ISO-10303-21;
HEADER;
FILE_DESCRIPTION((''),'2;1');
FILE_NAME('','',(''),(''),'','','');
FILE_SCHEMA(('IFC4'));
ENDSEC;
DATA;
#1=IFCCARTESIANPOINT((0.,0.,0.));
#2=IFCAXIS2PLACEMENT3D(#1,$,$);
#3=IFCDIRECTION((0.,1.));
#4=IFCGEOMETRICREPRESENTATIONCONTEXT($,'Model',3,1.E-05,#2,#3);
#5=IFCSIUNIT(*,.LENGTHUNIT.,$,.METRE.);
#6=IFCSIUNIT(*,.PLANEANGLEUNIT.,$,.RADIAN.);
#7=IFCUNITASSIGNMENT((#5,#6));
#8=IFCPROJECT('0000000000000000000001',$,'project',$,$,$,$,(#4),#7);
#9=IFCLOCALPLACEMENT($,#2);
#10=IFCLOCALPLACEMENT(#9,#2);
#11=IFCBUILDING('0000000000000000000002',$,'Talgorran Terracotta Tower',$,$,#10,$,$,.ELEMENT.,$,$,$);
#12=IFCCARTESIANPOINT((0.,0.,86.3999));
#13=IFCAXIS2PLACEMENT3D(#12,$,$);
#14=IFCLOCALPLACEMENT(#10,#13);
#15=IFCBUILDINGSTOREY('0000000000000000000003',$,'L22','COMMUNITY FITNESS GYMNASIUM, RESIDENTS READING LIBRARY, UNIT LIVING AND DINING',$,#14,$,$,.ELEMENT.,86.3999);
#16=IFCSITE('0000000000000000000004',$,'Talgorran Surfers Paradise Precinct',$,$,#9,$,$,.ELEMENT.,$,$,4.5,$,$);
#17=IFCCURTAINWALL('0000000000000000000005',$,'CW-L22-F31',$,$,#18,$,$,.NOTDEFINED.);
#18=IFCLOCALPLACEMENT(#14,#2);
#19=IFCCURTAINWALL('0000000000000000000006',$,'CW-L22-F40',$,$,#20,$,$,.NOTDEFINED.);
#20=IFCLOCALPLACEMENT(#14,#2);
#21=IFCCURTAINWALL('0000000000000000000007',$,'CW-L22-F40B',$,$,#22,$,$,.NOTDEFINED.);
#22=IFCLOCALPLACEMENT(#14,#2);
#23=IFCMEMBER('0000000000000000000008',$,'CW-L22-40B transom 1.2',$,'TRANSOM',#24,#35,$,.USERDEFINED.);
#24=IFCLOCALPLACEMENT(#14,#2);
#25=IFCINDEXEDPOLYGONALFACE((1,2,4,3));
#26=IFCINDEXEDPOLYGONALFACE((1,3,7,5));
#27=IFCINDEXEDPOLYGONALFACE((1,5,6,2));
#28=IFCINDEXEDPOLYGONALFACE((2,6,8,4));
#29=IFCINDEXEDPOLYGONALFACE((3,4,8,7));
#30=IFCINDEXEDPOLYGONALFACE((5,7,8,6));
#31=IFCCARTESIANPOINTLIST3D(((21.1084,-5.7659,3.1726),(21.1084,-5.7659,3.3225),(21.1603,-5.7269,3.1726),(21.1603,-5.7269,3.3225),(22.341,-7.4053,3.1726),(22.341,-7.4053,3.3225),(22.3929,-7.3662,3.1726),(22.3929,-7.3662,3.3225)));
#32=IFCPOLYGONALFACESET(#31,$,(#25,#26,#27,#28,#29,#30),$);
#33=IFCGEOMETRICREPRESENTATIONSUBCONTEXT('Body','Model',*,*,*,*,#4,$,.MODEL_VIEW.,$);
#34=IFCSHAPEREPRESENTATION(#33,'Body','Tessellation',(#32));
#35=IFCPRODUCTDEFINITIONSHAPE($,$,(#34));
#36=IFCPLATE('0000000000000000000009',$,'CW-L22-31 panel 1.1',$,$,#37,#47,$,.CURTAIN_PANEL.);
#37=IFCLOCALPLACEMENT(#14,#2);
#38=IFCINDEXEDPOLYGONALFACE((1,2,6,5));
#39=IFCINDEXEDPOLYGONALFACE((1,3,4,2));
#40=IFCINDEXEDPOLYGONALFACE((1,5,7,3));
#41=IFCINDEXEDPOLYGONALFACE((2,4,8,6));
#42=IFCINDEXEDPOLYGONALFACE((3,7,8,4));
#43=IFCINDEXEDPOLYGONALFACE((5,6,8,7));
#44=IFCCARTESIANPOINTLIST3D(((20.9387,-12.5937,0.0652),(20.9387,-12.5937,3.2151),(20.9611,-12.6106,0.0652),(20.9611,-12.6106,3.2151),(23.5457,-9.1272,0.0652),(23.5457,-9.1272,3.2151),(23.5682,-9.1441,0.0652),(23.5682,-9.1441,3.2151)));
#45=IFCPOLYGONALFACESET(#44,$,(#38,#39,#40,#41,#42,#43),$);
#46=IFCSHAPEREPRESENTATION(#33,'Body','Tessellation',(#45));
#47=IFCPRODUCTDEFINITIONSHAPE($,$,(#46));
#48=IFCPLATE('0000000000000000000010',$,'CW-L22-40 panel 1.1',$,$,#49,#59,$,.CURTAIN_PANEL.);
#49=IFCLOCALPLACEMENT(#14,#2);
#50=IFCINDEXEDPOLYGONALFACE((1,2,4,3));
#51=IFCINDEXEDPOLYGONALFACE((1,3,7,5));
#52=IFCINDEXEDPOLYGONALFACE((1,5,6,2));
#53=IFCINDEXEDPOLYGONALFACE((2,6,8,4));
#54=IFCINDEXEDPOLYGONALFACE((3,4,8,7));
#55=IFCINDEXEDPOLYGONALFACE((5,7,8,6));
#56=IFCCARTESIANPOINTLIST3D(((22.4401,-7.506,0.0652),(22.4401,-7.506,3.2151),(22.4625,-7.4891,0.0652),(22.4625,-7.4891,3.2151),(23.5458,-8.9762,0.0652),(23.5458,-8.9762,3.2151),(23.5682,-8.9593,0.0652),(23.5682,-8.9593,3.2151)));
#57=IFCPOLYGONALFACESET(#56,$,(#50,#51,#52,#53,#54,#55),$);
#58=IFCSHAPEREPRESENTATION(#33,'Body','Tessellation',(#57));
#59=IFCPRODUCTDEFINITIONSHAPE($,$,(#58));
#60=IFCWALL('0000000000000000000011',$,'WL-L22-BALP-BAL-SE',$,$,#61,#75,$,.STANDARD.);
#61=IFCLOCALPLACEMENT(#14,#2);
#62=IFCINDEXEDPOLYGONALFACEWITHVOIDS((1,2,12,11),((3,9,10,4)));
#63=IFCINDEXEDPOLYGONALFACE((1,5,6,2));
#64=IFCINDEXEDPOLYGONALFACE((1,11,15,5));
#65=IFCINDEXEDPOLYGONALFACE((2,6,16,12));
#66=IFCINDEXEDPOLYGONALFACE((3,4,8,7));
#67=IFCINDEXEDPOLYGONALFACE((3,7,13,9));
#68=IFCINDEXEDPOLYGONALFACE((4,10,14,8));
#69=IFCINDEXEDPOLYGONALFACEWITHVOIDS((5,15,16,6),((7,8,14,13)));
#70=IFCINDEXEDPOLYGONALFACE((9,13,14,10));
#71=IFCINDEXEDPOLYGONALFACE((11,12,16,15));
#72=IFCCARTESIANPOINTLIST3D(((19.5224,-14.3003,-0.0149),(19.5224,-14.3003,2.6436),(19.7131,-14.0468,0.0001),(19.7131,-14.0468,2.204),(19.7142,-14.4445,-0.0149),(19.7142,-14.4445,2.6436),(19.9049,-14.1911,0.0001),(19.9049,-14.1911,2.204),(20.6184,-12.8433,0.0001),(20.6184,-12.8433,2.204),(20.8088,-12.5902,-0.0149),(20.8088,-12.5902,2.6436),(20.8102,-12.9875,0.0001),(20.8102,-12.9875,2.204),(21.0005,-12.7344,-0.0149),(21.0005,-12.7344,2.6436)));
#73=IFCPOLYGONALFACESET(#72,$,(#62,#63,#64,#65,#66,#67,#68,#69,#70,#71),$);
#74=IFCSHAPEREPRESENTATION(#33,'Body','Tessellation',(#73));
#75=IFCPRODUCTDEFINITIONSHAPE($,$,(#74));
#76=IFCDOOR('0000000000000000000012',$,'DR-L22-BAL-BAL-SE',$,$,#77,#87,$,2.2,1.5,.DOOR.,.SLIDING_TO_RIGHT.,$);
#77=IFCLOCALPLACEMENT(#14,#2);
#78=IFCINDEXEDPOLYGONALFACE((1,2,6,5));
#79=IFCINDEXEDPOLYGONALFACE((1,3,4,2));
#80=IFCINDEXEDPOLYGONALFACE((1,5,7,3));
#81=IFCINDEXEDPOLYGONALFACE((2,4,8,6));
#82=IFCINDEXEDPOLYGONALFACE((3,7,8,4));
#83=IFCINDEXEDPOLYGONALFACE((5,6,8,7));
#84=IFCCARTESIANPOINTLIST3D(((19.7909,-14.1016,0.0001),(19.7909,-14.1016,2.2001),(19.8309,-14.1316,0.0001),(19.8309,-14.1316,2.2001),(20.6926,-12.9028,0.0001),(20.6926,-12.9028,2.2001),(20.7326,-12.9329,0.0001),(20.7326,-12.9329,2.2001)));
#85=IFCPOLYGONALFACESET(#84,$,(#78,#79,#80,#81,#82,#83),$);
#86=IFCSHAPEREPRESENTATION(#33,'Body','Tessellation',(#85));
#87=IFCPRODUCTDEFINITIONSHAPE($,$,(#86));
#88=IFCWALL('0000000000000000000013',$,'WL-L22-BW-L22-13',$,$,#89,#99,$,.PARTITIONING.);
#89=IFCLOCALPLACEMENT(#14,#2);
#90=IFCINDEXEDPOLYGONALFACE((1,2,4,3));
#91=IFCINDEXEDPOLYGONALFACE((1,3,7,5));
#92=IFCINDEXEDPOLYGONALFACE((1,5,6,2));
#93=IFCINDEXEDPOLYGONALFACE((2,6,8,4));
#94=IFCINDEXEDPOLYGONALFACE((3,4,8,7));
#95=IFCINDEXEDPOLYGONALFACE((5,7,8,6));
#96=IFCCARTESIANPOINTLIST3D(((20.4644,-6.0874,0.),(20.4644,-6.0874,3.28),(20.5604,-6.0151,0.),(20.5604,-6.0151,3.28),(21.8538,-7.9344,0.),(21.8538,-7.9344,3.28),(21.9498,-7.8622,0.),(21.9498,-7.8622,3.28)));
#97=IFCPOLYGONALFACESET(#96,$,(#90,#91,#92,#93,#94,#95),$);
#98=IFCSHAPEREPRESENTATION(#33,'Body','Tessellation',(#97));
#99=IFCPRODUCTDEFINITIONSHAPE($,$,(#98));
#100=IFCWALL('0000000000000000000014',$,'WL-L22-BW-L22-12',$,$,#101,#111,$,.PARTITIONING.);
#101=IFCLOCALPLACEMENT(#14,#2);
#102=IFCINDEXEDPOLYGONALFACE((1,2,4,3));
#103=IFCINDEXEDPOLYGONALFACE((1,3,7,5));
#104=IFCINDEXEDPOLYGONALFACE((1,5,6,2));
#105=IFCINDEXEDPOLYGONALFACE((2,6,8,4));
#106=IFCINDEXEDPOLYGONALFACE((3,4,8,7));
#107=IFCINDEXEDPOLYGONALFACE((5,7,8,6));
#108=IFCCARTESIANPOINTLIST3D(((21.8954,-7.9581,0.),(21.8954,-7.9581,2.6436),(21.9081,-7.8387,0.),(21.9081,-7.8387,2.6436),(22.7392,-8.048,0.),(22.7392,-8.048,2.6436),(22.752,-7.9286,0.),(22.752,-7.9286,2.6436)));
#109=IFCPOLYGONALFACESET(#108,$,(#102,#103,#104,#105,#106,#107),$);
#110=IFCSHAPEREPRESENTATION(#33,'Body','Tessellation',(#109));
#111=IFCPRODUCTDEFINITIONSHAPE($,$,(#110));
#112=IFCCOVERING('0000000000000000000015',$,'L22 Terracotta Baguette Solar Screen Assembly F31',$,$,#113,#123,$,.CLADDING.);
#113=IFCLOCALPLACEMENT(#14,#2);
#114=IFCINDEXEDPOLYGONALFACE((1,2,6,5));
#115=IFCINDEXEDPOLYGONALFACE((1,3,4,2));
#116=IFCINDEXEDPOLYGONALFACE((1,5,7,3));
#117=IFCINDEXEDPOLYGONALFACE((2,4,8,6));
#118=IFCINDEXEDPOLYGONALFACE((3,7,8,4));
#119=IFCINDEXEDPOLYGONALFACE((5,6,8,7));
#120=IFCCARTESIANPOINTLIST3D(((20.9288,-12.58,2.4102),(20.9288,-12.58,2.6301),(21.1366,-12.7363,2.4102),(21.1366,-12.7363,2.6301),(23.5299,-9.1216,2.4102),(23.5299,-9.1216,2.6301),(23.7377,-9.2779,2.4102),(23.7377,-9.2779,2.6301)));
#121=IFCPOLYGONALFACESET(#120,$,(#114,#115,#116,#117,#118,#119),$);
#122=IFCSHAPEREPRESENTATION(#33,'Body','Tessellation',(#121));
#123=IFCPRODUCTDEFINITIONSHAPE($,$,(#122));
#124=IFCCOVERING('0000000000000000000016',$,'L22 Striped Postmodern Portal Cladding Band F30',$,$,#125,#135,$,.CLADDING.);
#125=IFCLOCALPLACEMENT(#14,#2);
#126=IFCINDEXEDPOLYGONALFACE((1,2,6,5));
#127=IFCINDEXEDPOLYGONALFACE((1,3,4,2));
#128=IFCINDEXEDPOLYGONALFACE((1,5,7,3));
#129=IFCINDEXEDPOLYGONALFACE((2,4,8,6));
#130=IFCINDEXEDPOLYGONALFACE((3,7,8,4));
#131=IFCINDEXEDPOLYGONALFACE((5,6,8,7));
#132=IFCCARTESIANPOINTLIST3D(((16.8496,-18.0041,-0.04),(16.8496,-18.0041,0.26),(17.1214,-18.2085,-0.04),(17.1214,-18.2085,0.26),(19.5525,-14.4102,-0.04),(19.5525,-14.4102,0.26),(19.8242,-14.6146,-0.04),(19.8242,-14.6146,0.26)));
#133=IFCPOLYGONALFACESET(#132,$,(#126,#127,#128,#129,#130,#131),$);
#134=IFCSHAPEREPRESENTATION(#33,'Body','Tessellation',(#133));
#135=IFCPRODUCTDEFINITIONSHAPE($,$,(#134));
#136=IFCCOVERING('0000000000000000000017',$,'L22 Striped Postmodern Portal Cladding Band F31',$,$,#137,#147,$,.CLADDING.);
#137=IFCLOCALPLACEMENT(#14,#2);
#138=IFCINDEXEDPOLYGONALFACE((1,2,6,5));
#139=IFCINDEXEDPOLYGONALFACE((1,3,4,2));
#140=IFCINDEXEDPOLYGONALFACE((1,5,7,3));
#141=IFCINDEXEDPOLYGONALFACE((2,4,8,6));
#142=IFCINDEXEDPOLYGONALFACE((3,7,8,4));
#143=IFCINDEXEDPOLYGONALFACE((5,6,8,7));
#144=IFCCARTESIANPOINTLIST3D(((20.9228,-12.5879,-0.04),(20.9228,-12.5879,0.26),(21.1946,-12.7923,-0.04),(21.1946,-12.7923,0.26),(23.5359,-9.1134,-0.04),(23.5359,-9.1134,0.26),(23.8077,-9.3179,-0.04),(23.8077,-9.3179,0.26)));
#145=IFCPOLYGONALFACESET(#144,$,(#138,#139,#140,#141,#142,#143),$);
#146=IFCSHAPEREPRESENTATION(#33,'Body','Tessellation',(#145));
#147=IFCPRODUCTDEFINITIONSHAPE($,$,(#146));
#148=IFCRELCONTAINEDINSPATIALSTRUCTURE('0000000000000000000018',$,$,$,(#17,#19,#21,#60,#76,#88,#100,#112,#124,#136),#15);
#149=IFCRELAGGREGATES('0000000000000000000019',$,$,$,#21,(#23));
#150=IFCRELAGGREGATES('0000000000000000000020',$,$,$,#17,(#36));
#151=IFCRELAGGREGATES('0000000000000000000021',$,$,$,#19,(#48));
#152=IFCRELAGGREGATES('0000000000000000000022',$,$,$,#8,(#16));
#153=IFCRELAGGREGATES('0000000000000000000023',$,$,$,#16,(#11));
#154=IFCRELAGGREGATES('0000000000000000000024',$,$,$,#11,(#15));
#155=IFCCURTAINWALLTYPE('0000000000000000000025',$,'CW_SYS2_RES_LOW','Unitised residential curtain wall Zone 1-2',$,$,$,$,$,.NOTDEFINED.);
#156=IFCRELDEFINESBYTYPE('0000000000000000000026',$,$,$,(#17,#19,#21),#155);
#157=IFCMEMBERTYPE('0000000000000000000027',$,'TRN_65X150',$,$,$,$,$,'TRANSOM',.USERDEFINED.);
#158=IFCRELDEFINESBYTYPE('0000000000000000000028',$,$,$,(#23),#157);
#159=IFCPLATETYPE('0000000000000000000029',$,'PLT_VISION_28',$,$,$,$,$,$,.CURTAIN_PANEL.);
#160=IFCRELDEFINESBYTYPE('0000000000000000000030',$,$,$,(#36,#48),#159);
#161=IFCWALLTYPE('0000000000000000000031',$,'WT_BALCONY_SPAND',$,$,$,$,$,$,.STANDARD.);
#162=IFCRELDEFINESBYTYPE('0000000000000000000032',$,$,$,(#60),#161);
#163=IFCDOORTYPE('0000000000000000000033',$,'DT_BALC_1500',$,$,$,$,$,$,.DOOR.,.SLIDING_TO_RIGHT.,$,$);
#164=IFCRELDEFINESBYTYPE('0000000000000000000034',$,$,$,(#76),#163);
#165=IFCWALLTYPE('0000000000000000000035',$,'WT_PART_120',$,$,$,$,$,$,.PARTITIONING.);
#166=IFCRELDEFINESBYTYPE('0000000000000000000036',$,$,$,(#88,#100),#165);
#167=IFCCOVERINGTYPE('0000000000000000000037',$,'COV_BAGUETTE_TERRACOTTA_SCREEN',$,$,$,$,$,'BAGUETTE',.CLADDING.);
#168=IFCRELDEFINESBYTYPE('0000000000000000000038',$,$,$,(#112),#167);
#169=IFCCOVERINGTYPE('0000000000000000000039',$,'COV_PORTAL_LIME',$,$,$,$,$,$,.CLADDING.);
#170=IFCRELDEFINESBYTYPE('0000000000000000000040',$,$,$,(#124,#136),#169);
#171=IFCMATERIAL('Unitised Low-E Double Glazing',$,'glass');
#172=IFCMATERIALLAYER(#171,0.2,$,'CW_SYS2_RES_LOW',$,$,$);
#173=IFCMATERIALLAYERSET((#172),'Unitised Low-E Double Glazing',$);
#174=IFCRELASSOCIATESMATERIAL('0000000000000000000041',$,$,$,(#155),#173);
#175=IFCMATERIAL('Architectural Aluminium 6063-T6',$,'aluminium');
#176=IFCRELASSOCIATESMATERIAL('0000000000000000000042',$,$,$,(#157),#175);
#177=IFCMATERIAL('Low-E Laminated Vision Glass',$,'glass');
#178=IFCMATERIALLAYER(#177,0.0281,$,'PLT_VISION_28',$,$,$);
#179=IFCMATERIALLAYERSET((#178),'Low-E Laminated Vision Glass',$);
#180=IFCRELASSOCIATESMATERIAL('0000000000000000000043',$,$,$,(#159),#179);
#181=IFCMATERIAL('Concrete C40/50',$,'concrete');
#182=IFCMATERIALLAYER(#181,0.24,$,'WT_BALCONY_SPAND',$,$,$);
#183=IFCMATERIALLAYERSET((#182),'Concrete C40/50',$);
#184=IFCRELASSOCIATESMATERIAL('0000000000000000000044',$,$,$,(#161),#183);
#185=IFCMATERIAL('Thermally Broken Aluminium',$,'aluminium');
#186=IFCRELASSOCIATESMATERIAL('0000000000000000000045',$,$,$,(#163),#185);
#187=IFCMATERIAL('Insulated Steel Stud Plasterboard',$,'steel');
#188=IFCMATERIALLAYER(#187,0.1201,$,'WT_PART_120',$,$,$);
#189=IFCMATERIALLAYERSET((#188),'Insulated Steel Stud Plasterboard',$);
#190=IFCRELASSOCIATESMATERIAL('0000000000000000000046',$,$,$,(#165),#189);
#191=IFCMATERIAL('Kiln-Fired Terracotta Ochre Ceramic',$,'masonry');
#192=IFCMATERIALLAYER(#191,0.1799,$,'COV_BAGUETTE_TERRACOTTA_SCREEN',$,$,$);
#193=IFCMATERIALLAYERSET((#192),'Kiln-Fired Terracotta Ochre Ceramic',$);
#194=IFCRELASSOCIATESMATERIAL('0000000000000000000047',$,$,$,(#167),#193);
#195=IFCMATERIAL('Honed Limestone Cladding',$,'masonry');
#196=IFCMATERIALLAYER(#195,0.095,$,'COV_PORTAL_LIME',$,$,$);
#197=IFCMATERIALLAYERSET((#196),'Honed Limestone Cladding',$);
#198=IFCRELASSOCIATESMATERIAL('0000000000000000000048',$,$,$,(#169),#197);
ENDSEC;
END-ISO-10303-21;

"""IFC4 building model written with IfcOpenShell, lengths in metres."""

from ifc_helpers import new_model, si_unit, direction, frame, frame_2d, origin, origin_2d, place, context, subcontext, project, spatial, rectangle, extrude, source, transform, mapped, material, layer, layer_set, material_profile, profile_set, type_object, type_shapes, element, fill, aggregate, save


model = new_model("IFC4")

# Units and contexts
model_context = context("Model", 3, precision=1e-05, world=origin(), true_north=direction((0.0, 1.0)))
body_context = subcontext(model_context, "Body", "Model", "MODEL_VIEW")
ifc_project = project(units=[si_unit("LENGTHUNIT", "METRE"), si_unit("PLANEANGLEUNIT", "RADIAN")], contexts=[model_context])

# Site, building, storey
site_placement = place(None, origin())
site = spatial("IfcSite", under=ifc_project, at=site_placement, Name="Talgorran Surfers Paradise Precinct", CompositionType="ELEMENT", RefElevation=4.5)
building_placement = place(site_placement, origin())
building = spatial("IfcBuilding", under=site, at=building_placement, Name="Talgorran Terracotta Tower", CompositionType="ELEMENT")
storey_placement = place(building_placement, frame((0.0, 0.0, 86.3999)))
storey = spatial("IfcBuildingStorey", under=building, at=storey_placement, Name="L22", Description="COMMUNITY FITNESS GYMNASIUM, RESIDENTS READING LIBRARY, UNIT LIVING AND DINING", CompositionType="ELEMENT", Elevation=86.3999)

# Shared definitions
ifc_material_1 = material(Name="Unitised Low-E Double Glazing", Category="glass")
ifc_layer_1 = layer(ifc_material_1, 0.2, Name="CW_SYS2_RES_LOW")
ifc_layer_set_1 = layer_set([ifc_layer_1], Name="Unitised Low-E Double Glazing")
curtain_wall_type = type_object("IfcCurtainWallType", Name="CW_SYS2_RES_LOW", Description="Unitised residential curtain wall Zone 1-2", PredefinedType="NOTDEFINED", material=ifc_layer_set_1)
ifc_material_2 = material(Name="Architectural Aluminium 6063-T6", Category="aluminium")

# Curtain walls
curtain_wall_1_placement = place(storey_placement, origin())
curtain_wall_1 = element("IfcCurtainWall", 1, at=curtain_wall_1_placement, inside=storey, type_object=curtain_wall_type, Name="CW-L22-F31", PredefinedType="NOTDEFINED")
curtain_wall_2_placement = place(storey_placement, origin())
curtain_wall_2 = element("IfcCurtainWall", 2, at=curtain_wall_2_placement, inside=storey, type_object=curtain_wall_type, Name="CW-L22-F40", PredefinedType="NOTDEFINED")

# Curtain wall
curtain_wall_3_placement = place(storey_placement, origin())
curtain_wall_3 = element("IfcCurtainWall", 3, at=curtain_wall_3_placement, inside=storey, type_object=curtain_wall_type, Name="CW-L22-F40B", PredefinedType="NOTDEFINED")

# Member
ifc_material_profile_1 = material_profile(ifc_material_2, rectangle(XDim=0.0649, YDim=0.1499, at=origin_2d()), Name="CWT65X150")
ifc_profile_set_1 = profile_set([ifc_material_profile_1], Name="Architectural Aluminium 6063-T6")
member_type_1 = type_object("IfcMemberType", Name="TRN_65X150", ElementType="TRANSOM", PredefinedType="USERDEFINED", material=ifc_profile_set_1)
member_1_placement = place(storey_placement, frame((22.3669, -7.3857, 3.2476), z_axis=(-0.600971, 0.799271, 0.0), x_axis=(-0.799271, -0.600971, 0.0)))
member_1 = element("IfcMember", 4, at=member_1_placement, type_object=member_type_1, Name="CW-L22-40B transom 1.2", ObjectType="TRANSOM", PredefinedType="USERDEFINED", context=body_context, shape_type="SweptSolid", body=[
    extrude(rectangle(XDim=0.0649, YDim=0.1499, at=origin_2d()), origin(), (0.0, 0.0, 1.0), 2.051),
])
aggregate(curtain_wall_3, [member_1])

# Plates
ifc_material_3 = material(Name="Low-E Laminated Vision Glass", Category="glass")
ifc_layer_2 = layer(ifc_material_3, 0.0281, Name="PLT_VISION_28")
ifc_layer_set_2 = layer_set([ifc_layer_2], Name="Low-E Laminated Vision Glass")
plate_type = type_object("IfcPlateType", Name="PLT_VISION_28", PredefinedType="CURTAIN_PANEL", material=ifc_layer_set_2)
shared_shape_1 = source(origin(), body_context, "Body", "SweptSolid", [
    extrude(rectangle(XDim=4.3374, YDim=0.0281, at=origin_2d()), origin(), (0.0, 0.0, 1.0), 3.1499),
])
plate_1_placement = place(storey_placement, frame((22.2534, -10.8689, 0.0652), z_axis=(0.0, 0.0, 1.0), x_axis=(0.60106, 0.799204, 0.0)))
plate_1 = element("IfcPlate", 5, at=plate_1_placement, type_object=plate_type, Name="CW-L22-31 panel 1.1", PredefinedType="CURTAIN_PANEL", context=body_context, shape_type="MappedRepresentation", body=[
    mapped(shared_shape_1, transform((0.0, 0.0, 0.0), scale=1.0)),
])
aggregate(curtain_wall_1, [plate_1])
shared_shape_2 = source(origin(), body_context, "Body", "SweptSolid", [
    extrude(rectangle(XDim=1.8396, YDim=0.0281, at=origin_2d()), origin(), (0.0, 0.0, 1.0), 3.1499),
])
type_shapes(plate_type, [shared_shape_1, shared_shape_2])
plate_2_placement = place(storey_placement, frame((23.0042, -8.2327, 0.0652), z_axis=(0.0, 0.0, 1.0), x_axis=(-0.60108, 0.799189, 0.0)))
plate_2 = element("IfcPlate", 6, at=plate_2_placement, type_object=plate_type, Name="CW-L22-40 panel 1.1", PredefinedType="CURTAIN_PANEL", context=body_context, shape_type="MappedRepresentation", body=[
    mapped(shared_shape_2, transform((0.0, 0.0, 0.0), scale=1.0)),
])
aggregate(curtain_wall_2, [plate_2])

# Wall, opening, door
ifc_material_4 = material(Name="Concrete C40/50", Category="concrete")
ifc_layer_3 = layer(ifc_material_4, 0.24, Name="WT_BALCONY_SPAND")
ifc_layer_set_3 = layer_set([ifc_layer_3], Name="Concrete C40/50")
wall_type_1 = type_object("IfcWallType", Name="WT_BALCONY_SPAND", PredefinedType="STANDARD", material=ifc_layer_set_3)
wall_1_placement = place(storey_placement, frame((19.6184, -14.3723, -0.0149), z_axis=(0.0, 0.0, 1.0), x_axis=(0.601113, 0.799164, 0.0)))
wall_1 = element("IfcWall", 7, at=wall_1_placement, inside=storey, type_object=wall_type_1, Name="WL-L22-BALP-BAL-SE", PredefinedType="STANDARD", context=body_context, shape_type="SweptSolid", body=[
    extrude(rectangle(XDim=2.1399, YDim=0.24, at=frame_2d((1.0698, 0.0))), origin(), (0.0, 0.0, 1.0), 2.6584),
])
opening_placement = place(wall_1_placement, frame((0.3201, 0.0, 0.0149)))
opening = element("IfcOpeningElement", 8, at=opening_placement, cuts=wall_1, PredefinedType="OPENING", context=body_context, shape_type="SweptSolid", body=[
    extrude(rectangle(XDim=1.506, YDim=2.204, at=frame_2d((0.75, 1.1021))), frame((0.0, 0.1299, 0.0), z_axis=(0.0, -1.0, 0.0), x_axis=(1.0, 0.0, 0.0)), (0.0, 0.0, 1.0), 0.26),
])
ifc_material_5 = material(Name="Thermally Broken Aluminium", Category="aluminium")
door_type = type_object("IfcDoorType", Name="DT_BALC_1500", OperationType="SLIDING_TO_RIGHT", PredefinedType="DOOR", material=ifc_material_5)
door_placement = place(opening_placement, origin())
door = element("IfcDoor", 9, at=door_placement, inside=storey, type_object=door_type, Name="DR-L22-BAL-BAL-SE", OperationType="SLIDING_TO_RIGHT", OverallHeight=2.2, OverallWidth=1.5, PredefinedType="DOOR", context=body_context, shape_type="SweptSolid", body=[
    extrude(rectangle(XDim=1.5, YDim=2.2, at=frame_2d((0.75, 1.1001))), frame((0.0, 0.0249, 0.0), z_axis=(0.0, -1.0, 0.0), x_axis=(1.0, 0.0, 0.0)), (0.0, 0.0, 1.0), 0.05),
])
fill(opening, door)

# Walls
ifc_material_6 = material(Name="Insulated Steel Stud Plasterboard", Category="steel")
ifc_layer_4 = layer(ifc_material_6, 0.1201, Name="WT_PART_120")
ifc_layer_set_4 = layer_set([ifc_layer_4], Name="Insulated Steel Stud Plasterboard")
wall_type_2 = type_object("IfcWallType", Name="WT_PART_120", PredefinedType="PARTITIONING", material=ifc_layer_set_4)
wall_2_placement = place(storey_placement, frame((21.9019, -7.8984, 0.0), z_axis=(0.0, 0.0, 1.0), x_axis=(-0.601115, 0.799163, 0.0)))
element("IfcWall", 10, at=wall_2_placement, inside=storey, type_object=wall_type_2, Name="WL-L22-BW-L22-13", PredefinedType="PARTITIONING", context=body_context, shape_type="SweptSolid", body=[
    extrude(rectangle(XDim=2.3113, YDim=0.1201, at=frame_2d((1.1558, 0.0))), origin(), (0.0, 0.0, 1.0), 3.28),
])
wall_3_placement = place(storey_placement, frame((22.7456, -7.9883, 0.0), z_axis=(0.0, 0.0, 1.0), x_axis=(-0.994379, 0.105883, 0.0)))
element("IfcWall", 11, at=wall_3_placement, inside=storey, type_object=wall_type_2, Name="WL-L22-BW-L22-12", PredefinedType="PARTITIONING", context=body_context, shape_type="SweptSolid", body=[
    extrude(rectangle(XDim=0.8486, YDim=0.1201, at=frame_2d((0.4243, 0.0))), origin(), (0.0, 0.0, 1.0), 2.6436),
])

# Coverings
ifc_material_7 = material(Name="Kiln-Fired Terracotta Ochre Ceramic", Category="masonry")
ifc_layer_5 = layer(ifc_material_7, 0.1799, Name="COV_BAGUETTE_TERRACOTTA_SCREEN")
ifc_layer_set_5 = layer_set([ifc_layer_5], Name="Kiln-Fired Terracotta Ochre Ceramic")
covering_type_1 = type_object("IfcCoveringType", Name="COV_BAGUETTE_TERRACOTTA_SCREEN", ElementType="BAGUETTE", PredefinedType="CLADDING", material=ifc_layer_set_5)
covering_1_placement = place(storey_placement, frame((22.3333, -10.929, 2.4102), z_axis=(0.0, 0.0, 1.0), x_axis=(0.601062, 0.799202, 0.0)))
element("IfcCovering", 12, at=covering_1_placement, inside=storey, type_object=covering_type_1, Name="L22 Terracotta Baguette Solar Screen Assembly F31", PredefinedType="CLADDING", context=body_context, shape_type="SweptSolid", body=[
    extrude(rectangle(XDim=4.3274, YDim=0.26, at=origin_2d()), origin(), (0.0, 0.0, 1.0), 0.22),
])
ifc_material_8 = material(Name="Honed Limestone Cladding", Category="masonry")
ifc_layer_6 = layer(ifc_material_8, 0.095, Name="COV_PORTAL_LIME")
ifc_layer_set_6 = layer_set([ifc_layer_6], Name="Honed Limestone Cladding")
covering_type_2 = type_object("IfcCoveringType", Name="COV_PORTAL_LIME", PredefinedType="CLADDING", material=ifc_layer_set_6)
covering_2_placement = place(storey_placement, frame((18.3369, -16.3093, -0.04), z_axis=(0.0, 0.0, 1.0), x_axis=(0.601062, 0.799202, 0.0)))
element("IfcCovering", 13, at=covering_2_placement, inside=storey, type_object=covering_type_2, Name="L22 Striped Postmodern Portal Cladding Band F30", PredefinedType="CLADDING", context=body_context, shape_type="SweptSolid", body=[
    extrude(rectangle(XDim=4.4968, YDim=0.3401, at=origin_2d()), origin(), (0.0, 0.0, 1.0), 0.3),
])
covering_3_placement = place(storey_placement, frame((22.3652, -10.9529, -0.04), z_axis=(0.0, 0.0, 1.0), x_axis=(0.601062, 0.799202, 0.0)))
element("IfcCovering", 14, at=covering_3_placement, inside=storey, type_object=covering_type_2, Name="L22 Striped Postmodern Portal Cladding Band F31", PredefinedType="CLADDING", context=body_context, shape_type="SweptSolid", body=[
    extrude(rectangle(XDim=4.3474, YDim=0.3401, at=origin_2d()), origin(), (0.0, 0.0, 1.0), 0.3),
])

save(model, "model.ifc")
